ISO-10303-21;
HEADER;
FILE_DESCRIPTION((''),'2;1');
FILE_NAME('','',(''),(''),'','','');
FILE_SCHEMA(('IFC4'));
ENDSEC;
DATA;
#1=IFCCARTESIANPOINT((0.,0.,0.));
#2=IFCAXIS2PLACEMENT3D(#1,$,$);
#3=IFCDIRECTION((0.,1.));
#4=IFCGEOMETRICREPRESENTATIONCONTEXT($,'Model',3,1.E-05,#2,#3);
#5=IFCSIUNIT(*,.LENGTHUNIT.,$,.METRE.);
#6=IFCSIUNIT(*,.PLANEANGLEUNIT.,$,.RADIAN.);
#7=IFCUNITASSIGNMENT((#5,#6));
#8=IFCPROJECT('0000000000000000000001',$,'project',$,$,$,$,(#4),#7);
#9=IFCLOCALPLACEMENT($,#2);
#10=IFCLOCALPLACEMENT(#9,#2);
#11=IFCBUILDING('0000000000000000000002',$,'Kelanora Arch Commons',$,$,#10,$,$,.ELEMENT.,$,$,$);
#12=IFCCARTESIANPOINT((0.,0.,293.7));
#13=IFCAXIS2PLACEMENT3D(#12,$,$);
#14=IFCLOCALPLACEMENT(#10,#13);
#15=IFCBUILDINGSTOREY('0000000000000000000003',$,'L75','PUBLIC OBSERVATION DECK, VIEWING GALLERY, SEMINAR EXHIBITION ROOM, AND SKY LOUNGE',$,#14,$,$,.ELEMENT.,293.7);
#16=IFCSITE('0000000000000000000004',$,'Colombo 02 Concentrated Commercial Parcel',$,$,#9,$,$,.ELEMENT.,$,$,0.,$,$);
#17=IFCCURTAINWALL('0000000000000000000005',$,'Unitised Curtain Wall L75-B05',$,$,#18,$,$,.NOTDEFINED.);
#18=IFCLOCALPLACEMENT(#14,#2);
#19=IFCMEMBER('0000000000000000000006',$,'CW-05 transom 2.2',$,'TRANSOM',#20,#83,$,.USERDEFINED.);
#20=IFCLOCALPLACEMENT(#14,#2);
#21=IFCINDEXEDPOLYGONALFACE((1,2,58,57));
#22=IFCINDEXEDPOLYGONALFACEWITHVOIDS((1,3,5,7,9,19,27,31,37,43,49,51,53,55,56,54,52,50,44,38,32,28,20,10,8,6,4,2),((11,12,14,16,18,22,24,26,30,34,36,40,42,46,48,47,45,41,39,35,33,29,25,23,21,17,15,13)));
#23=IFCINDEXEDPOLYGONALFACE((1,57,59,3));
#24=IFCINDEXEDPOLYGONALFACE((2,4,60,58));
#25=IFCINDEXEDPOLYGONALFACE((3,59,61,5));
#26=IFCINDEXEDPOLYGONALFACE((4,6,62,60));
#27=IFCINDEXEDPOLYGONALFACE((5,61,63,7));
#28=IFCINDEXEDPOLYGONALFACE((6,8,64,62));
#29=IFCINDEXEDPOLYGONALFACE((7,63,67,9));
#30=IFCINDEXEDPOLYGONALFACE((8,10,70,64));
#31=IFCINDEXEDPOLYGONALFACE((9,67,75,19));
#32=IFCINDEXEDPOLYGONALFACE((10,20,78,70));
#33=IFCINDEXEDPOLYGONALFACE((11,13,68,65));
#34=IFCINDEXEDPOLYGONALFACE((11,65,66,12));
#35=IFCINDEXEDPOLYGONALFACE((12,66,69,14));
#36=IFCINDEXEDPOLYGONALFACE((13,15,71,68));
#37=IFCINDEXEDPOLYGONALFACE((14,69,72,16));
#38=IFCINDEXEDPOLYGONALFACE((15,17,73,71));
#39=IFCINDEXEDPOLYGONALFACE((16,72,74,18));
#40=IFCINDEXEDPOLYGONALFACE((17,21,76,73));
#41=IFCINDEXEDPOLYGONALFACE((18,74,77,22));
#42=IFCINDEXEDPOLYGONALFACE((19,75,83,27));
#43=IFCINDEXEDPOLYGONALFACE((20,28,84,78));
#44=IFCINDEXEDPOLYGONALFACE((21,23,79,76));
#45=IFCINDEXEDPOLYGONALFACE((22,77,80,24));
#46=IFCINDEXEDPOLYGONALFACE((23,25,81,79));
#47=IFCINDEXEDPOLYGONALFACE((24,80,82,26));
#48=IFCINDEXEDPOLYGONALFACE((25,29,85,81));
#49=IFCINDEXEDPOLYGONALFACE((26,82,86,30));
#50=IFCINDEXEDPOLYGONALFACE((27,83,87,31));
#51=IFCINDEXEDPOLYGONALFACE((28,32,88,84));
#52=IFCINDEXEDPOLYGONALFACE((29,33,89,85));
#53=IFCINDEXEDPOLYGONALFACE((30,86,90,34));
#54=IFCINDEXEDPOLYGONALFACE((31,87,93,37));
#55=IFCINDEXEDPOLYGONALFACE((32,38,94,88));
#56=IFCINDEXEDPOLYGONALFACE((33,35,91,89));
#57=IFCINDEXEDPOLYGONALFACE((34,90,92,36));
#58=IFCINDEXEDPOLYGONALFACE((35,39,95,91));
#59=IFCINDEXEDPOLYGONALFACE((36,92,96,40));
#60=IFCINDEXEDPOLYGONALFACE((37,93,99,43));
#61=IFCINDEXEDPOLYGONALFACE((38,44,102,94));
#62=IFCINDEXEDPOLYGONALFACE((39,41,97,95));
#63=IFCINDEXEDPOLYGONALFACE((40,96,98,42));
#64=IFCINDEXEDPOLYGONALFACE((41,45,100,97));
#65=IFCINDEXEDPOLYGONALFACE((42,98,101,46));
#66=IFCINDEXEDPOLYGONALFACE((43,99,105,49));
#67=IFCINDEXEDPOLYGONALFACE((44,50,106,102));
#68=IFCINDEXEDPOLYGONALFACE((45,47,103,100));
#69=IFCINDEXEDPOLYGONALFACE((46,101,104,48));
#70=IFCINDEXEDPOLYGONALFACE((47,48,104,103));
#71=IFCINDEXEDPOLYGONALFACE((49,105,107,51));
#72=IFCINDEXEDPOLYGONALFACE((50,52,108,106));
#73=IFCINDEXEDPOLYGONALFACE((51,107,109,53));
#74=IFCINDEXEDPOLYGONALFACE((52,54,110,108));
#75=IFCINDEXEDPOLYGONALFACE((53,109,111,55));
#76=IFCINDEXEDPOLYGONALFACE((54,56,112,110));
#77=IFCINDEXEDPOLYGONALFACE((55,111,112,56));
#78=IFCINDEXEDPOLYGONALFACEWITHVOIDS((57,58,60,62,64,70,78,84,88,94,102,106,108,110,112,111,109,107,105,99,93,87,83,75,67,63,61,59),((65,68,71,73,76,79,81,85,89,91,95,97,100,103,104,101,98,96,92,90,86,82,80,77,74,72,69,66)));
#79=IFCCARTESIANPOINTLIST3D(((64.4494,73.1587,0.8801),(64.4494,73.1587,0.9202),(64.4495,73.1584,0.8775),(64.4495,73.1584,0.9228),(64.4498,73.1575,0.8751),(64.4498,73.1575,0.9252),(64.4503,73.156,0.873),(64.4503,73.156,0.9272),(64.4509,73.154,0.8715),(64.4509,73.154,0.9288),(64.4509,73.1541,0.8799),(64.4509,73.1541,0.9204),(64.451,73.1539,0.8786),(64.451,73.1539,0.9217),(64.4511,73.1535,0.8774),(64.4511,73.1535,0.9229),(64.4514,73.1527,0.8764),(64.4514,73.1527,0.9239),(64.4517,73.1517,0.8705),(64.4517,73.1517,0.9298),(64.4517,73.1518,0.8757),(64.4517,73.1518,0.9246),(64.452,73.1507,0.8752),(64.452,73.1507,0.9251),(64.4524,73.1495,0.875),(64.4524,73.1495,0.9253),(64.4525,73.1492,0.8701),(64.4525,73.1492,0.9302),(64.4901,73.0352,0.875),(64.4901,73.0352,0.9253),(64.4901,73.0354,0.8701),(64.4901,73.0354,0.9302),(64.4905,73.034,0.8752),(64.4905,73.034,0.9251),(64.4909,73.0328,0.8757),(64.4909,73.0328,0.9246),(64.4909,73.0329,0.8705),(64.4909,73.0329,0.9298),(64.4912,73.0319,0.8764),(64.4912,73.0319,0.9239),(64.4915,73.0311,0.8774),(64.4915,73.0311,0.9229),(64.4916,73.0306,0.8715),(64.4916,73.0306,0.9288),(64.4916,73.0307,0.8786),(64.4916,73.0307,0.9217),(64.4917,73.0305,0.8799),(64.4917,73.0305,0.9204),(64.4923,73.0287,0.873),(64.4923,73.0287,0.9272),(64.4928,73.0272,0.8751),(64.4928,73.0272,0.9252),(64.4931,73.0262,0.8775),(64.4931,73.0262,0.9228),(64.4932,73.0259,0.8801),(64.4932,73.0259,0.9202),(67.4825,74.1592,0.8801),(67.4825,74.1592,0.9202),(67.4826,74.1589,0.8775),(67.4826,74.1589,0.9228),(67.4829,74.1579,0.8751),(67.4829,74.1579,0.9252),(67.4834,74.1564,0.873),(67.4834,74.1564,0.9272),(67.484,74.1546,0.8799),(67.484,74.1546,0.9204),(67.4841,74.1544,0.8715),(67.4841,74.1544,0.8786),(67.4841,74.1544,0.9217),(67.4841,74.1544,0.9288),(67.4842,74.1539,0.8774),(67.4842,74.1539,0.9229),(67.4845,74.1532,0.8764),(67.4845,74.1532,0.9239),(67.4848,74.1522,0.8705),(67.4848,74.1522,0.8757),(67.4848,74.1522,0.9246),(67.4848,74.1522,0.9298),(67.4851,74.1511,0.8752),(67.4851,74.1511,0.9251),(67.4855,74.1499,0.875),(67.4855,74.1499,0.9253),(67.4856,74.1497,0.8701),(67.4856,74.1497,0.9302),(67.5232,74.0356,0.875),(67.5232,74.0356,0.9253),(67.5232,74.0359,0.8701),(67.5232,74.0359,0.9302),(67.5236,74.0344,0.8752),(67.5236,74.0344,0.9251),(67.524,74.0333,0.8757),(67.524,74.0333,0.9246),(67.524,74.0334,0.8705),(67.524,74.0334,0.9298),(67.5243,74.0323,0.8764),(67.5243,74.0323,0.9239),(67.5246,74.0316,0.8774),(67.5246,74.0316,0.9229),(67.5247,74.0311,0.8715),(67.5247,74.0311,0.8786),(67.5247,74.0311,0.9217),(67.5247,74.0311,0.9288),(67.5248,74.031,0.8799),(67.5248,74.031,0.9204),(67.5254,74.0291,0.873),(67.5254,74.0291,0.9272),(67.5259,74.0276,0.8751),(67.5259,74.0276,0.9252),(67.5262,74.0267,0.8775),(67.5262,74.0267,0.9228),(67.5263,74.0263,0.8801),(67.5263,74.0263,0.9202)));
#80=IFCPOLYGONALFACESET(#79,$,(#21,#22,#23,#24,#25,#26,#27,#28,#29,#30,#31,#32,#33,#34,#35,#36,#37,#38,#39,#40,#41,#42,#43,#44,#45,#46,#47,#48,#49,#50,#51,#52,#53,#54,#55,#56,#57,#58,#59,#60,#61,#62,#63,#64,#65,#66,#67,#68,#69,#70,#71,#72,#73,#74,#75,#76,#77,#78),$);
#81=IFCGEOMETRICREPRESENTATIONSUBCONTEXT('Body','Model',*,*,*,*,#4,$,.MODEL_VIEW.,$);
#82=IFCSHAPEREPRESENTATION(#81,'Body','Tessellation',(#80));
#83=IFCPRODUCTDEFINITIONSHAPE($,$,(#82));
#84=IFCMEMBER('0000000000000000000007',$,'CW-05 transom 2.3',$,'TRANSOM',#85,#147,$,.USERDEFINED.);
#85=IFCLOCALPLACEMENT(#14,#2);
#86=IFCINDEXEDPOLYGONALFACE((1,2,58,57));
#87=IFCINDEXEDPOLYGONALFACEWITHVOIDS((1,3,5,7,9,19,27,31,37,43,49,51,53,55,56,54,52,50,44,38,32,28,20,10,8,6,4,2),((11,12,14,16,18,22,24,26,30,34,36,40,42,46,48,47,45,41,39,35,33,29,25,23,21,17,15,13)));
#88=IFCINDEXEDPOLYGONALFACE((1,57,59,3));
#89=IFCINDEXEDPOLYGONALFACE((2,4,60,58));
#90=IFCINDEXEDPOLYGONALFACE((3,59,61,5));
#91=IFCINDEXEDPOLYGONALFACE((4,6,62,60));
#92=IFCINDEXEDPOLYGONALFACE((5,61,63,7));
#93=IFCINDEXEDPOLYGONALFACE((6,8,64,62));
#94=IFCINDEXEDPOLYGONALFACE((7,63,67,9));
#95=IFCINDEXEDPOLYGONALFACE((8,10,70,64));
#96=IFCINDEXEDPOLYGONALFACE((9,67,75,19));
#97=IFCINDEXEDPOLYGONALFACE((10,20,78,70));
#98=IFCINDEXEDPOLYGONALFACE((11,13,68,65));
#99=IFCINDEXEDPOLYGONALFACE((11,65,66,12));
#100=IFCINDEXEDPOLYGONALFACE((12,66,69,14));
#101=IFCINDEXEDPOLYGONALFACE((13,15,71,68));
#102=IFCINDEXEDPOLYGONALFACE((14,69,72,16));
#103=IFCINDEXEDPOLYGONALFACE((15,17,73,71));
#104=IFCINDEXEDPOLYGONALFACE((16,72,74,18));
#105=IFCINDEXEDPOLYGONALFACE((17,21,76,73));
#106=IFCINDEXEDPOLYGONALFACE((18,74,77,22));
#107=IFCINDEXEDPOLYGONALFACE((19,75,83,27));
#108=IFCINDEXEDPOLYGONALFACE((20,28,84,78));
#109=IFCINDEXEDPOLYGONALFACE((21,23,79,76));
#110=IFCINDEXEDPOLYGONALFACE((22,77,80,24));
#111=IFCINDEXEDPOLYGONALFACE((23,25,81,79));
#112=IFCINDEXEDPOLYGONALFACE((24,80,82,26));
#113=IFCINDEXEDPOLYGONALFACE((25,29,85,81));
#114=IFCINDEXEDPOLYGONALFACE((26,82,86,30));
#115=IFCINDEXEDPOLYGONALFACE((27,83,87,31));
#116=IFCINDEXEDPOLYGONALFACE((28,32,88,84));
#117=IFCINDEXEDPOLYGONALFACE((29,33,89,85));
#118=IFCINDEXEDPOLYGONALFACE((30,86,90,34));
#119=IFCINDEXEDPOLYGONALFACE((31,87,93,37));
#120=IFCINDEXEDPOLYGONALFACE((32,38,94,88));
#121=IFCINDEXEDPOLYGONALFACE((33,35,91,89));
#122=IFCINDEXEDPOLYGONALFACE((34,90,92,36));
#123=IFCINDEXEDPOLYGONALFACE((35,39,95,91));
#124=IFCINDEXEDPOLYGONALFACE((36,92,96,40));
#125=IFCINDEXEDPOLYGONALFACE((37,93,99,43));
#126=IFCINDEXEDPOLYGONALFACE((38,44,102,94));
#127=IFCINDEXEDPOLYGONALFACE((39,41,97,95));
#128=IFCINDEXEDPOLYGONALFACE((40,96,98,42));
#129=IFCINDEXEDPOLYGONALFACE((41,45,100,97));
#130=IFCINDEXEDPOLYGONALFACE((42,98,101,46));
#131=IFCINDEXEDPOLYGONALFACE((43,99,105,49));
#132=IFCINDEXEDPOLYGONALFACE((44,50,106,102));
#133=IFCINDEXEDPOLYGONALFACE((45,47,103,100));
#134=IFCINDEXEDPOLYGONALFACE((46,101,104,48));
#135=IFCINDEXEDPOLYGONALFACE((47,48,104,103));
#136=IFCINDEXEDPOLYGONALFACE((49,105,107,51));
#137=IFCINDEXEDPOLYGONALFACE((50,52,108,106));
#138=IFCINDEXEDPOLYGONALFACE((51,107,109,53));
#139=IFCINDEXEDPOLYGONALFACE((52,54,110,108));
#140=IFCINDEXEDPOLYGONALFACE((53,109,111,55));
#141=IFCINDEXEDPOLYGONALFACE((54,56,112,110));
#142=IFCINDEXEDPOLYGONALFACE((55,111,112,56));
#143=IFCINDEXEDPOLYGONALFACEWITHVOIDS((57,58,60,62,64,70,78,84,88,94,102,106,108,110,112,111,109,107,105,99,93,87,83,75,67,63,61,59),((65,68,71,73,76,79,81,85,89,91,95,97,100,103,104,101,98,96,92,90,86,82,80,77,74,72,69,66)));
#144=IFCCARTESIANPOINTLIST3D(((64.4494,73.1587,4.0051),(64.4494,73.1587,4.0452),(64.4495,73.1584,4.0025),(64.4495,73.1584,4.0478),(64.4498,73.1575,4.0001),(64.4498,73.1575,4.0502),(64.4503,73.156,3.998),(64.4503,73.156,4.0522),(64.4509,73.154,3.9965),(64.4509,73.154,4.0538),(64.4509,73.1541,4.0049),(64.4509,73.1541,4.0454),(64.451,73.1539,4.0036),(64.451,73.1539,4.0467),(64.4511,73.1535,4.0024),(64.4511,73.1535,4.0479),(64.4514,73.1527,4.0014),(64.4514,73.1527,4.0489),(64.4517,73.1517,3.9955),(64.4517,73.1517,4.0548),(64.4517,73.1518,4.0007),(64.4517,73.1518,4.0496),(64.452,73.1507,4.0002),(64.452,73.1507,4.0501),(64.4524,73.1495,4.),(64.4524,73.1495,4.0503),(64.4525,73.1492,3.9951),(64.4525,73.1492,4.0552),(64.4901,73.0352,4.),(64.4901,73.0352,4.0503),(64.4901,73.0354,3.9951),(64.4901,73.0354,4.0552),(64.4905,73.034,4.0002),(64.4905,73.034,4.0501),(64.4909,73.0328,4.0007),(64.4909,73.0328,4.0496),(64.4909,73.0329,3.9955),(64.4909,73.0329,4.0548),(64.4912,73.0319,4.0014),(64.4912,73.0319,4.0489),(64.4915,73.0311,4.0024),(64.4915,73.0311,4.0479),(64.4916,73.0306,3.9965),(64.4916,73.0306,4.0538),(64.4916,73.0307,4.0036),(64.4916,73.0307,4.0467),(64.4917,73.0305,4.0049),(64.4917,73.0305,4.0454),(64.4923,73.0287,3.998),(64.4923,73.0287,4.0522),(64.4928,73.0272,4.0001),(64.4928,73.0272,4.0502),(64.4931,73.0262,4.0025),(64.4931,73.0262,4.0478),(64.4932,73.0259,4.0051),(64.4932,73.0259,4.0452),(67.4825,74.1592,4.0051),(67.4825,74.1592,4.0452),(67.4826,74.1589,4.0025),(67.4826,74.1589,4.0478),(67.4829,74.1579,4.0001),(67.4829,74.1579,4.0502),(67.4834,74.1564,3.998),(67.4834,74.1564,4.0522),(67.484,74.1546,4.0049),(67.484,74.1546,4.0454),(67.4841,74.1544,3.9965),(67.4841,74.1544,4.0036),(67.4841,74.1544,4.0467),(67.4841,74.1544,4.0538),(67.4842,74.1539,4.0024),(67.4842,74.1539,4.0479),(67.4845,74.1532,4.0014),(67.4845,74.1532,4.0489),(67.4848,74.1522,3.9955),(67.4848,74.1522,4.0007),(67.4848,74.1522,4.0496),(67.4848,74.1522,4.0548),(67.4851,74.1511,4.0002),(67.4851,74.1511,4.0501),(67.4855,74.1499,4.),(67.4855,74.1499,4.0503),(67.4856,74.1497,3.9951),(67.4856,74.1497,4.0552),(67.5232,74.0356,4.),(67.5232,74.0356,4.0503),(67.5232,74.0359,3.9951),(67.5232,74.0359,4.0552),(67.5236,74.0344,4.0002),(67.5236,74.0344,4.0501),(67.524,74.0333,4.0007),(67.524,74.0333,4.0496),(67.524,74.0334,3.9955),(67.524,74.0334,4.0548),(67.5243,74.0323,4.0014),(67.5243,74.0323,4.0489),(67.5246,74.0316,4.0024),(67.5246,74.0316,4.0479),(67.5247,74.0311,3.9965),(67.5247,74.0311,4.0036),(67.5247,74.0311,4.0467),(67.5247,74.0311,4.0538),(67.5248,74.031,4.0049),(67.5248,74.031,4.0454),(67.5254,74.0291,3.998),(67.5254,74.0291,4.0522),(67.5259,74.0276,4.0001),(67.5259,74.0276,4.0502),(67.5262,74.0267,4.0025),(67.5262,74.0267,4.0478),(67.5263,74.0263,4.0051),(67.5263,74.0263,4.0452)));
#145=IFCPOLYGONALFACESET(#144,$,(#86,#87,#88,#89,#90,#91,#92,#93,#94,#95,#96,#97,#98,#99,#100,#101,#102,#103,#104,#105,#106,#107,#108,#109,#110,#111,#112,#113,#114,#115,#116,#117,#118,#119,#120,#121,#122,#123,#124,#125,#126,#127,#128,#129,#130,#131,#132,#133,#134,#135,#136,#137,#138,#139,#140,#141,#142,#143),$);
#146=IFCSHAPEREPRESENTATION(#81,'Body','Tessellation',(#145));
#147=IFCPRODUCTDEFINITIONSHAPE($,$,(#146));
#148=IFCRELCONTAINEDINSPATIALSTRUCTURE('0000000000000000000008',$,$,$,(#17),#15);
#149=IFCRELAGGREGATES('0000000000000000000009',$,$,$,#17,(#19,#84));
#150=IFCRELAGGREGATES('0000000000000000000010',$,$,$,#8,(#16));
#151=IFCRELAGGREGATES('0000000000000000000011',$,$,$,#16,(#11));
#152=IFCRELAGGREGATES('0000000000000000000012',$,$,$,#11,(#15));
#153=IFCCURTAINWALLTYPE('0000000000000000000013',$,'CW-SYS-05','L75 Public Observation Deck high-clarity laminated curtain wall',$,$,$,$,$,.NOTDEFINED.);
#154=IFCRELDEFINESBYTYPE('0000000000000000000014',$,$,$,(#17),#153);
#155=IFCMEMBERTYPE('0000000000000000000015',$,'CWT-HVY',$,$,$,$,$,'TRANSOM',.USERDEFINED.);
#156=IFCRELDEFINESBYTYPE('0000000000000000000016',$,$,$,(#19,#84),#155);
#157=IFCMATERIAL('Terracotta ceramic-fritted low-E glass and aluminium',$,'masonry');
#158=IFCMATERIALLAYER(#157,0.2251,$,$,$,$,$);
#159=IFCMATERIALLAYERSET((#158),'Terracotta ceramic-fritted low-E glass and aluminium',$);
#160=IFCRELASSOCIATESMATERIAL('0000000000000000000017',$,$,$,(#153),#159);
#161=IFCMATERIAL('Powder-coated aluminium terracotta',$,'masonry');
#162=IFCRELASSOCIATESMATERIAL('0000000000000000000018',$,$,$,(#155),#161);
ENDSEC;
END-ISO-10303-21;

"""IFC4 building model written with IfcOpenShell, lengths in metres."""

from ifc_helpers import new_model, si_unit, direction, frame, origin, origin_2d, place, context, subcontext, project, spatial, hollow_rectangle, extrude, material, layer, layer_set, material_profile, profile_set, type_object, element, aggregate, save


model = new_model("IFC4")

# Units and contexts
model_context = context("Model", 3, precision=1e-05, world=origin(), true_north=direction((0.0, 1.0)))
body_context = subcontext(model_context, "Body", "Model", "MODEL_VIEW")
ifc_project = project(units=[si_unit("LENGTHUNIT", "METRE"), si_unit("PLANEANGLEUNIT", "RADIAN")], contexts=[model_context])

# Site, building, storey
site_placement = place(None, origin())
site = spatial("IfcSite", under=ifc_project, at=site_placement, Name="Colombo 02 Concentrated Commercial Parcel", CompositionType="ELEMENT", RefElevation=0.0)
building_placement = place(site_placement, origin())
building = spatial("IfcBuilding", under=site, at=building_placement, Name="Kelanora Arch Commons", CompositionType="ELEMENT")
storey_placement = place(building_placement, frame((0.0, 0.0, 293.7)))
storey = spatial("IfcBuildingStorey", under=building, at=storey_placement, Name="L75", Description="PUBLIC OBSERVATION DECK, VIEWING GALLERY, SEMINAR EXHIBITION ROOM, AND SKY LOUNGE", CompositionType="ELEMENT", Elevation=293.7)

# Shared definitions
ifc_material_1 = material(Name="Terracotta ceramic-fritted low-E glass and aluminium", Category="masonry")
ifc_layer_1 = layer(ifc_material_1, 0.2251)
ifc_layer_set_1 = layer_set([ifc_layer_1], Name="Terracotta ceramic-fritted low-E glass and aluminium")
curtain_wall_type = type_object("IfcCurtainWallType", Name="CW-SYS-05", Description="L75 Public Observation Deck high-clarity laminated curtain wall", PredefinedType="NOTDEFINED", material=ifc_layer_set_1)
ifc_material_2 = material(Name="Powder-coated aluminium terracotta", Category="masonry")

# Curtain wall
curtain_wall_1_placement = place(storey_placement, origin())
curtain_wall_1 = element("IfcCurtainWall", 1, at=curtain_wall_1_placement, inside=storey, type_object=curtain_wall_type, Name="Unitised Curtain Wall L75-B05", PredefinedType="NOTDEFINED")

# Members
ifc_material_profile_1 = material_profile(ifc_material_2, hollow_rectangle(XDim=0.1399, YDim=0.0601, WallThickness=0.0049, InnerFilletRadius=0.0049, OuterFilletRadius=0.01, at=origin_2d()), Name="CWT140x60")
ifc_profile_set_1 = profile_set([ifc_material_profile_1], Name="Powder-coated aluminium terracotta")
member_type_1 = type_object("IfcMemberType", Name="CWT-HVY", ElementType="TRANSOM", PredefinedType="USERDEFINED", material=ifc_profile_set_1)
member_1_placement = place(storey_placement, frame((67.5044, 74.0928, 0.9001), z_axis=(-0.949672, -0.313245, 0.0), x_axis=(0.313245, -0.949672, 0.0)))
member_1 = element("IfcMember", 2, at=member_1_placement, type_object=member_type_1, Name="CW-05 transom 2.2", ObjectType="TRANSOM", PredefinedType="USERDEFINED", context=body_context, shape_type="SweptSolid", body=[
    extrude(hollow_rectangle(XDim=0.1399, YDim=0.0601, WallThickness=0.0049, InnerFilletRadius=0.0049, OuterFilletRadius=0.01, at=origin_2d()), origin(), (0.0, 0.0, 1.0), 3.1938),
])
member_2_placement = place(storey_placement, frame((67.5044, 74.0928, 4.0251), z_axis=(-0.949672, -0.313245, 0.0), x_axis=(0.313245, -0.949672, 0.0)))
member_2 = element("IfcMember", 3, at=member_2_placement, type_object=member_type_1, Name="CW-05 transom 2.3", ObjectType="TRANSOM", PredefinedType="USERDEFINED", context=body_context, shape_type="SweptSolid", body=[
    extrude(hollow_rectangle(XDim=0.1399, YDim=0.0601, WallThickness=0.0049, InnerFilletRadius=0.0049, OuterFilletRadius=0.01, at=origin_2d()), origin(), (0.0, 0.0, 1.0), 3.1938),
])

aggregate(curtain_wall_1, [member_1, member_2])

save(model, "model.ifc")
